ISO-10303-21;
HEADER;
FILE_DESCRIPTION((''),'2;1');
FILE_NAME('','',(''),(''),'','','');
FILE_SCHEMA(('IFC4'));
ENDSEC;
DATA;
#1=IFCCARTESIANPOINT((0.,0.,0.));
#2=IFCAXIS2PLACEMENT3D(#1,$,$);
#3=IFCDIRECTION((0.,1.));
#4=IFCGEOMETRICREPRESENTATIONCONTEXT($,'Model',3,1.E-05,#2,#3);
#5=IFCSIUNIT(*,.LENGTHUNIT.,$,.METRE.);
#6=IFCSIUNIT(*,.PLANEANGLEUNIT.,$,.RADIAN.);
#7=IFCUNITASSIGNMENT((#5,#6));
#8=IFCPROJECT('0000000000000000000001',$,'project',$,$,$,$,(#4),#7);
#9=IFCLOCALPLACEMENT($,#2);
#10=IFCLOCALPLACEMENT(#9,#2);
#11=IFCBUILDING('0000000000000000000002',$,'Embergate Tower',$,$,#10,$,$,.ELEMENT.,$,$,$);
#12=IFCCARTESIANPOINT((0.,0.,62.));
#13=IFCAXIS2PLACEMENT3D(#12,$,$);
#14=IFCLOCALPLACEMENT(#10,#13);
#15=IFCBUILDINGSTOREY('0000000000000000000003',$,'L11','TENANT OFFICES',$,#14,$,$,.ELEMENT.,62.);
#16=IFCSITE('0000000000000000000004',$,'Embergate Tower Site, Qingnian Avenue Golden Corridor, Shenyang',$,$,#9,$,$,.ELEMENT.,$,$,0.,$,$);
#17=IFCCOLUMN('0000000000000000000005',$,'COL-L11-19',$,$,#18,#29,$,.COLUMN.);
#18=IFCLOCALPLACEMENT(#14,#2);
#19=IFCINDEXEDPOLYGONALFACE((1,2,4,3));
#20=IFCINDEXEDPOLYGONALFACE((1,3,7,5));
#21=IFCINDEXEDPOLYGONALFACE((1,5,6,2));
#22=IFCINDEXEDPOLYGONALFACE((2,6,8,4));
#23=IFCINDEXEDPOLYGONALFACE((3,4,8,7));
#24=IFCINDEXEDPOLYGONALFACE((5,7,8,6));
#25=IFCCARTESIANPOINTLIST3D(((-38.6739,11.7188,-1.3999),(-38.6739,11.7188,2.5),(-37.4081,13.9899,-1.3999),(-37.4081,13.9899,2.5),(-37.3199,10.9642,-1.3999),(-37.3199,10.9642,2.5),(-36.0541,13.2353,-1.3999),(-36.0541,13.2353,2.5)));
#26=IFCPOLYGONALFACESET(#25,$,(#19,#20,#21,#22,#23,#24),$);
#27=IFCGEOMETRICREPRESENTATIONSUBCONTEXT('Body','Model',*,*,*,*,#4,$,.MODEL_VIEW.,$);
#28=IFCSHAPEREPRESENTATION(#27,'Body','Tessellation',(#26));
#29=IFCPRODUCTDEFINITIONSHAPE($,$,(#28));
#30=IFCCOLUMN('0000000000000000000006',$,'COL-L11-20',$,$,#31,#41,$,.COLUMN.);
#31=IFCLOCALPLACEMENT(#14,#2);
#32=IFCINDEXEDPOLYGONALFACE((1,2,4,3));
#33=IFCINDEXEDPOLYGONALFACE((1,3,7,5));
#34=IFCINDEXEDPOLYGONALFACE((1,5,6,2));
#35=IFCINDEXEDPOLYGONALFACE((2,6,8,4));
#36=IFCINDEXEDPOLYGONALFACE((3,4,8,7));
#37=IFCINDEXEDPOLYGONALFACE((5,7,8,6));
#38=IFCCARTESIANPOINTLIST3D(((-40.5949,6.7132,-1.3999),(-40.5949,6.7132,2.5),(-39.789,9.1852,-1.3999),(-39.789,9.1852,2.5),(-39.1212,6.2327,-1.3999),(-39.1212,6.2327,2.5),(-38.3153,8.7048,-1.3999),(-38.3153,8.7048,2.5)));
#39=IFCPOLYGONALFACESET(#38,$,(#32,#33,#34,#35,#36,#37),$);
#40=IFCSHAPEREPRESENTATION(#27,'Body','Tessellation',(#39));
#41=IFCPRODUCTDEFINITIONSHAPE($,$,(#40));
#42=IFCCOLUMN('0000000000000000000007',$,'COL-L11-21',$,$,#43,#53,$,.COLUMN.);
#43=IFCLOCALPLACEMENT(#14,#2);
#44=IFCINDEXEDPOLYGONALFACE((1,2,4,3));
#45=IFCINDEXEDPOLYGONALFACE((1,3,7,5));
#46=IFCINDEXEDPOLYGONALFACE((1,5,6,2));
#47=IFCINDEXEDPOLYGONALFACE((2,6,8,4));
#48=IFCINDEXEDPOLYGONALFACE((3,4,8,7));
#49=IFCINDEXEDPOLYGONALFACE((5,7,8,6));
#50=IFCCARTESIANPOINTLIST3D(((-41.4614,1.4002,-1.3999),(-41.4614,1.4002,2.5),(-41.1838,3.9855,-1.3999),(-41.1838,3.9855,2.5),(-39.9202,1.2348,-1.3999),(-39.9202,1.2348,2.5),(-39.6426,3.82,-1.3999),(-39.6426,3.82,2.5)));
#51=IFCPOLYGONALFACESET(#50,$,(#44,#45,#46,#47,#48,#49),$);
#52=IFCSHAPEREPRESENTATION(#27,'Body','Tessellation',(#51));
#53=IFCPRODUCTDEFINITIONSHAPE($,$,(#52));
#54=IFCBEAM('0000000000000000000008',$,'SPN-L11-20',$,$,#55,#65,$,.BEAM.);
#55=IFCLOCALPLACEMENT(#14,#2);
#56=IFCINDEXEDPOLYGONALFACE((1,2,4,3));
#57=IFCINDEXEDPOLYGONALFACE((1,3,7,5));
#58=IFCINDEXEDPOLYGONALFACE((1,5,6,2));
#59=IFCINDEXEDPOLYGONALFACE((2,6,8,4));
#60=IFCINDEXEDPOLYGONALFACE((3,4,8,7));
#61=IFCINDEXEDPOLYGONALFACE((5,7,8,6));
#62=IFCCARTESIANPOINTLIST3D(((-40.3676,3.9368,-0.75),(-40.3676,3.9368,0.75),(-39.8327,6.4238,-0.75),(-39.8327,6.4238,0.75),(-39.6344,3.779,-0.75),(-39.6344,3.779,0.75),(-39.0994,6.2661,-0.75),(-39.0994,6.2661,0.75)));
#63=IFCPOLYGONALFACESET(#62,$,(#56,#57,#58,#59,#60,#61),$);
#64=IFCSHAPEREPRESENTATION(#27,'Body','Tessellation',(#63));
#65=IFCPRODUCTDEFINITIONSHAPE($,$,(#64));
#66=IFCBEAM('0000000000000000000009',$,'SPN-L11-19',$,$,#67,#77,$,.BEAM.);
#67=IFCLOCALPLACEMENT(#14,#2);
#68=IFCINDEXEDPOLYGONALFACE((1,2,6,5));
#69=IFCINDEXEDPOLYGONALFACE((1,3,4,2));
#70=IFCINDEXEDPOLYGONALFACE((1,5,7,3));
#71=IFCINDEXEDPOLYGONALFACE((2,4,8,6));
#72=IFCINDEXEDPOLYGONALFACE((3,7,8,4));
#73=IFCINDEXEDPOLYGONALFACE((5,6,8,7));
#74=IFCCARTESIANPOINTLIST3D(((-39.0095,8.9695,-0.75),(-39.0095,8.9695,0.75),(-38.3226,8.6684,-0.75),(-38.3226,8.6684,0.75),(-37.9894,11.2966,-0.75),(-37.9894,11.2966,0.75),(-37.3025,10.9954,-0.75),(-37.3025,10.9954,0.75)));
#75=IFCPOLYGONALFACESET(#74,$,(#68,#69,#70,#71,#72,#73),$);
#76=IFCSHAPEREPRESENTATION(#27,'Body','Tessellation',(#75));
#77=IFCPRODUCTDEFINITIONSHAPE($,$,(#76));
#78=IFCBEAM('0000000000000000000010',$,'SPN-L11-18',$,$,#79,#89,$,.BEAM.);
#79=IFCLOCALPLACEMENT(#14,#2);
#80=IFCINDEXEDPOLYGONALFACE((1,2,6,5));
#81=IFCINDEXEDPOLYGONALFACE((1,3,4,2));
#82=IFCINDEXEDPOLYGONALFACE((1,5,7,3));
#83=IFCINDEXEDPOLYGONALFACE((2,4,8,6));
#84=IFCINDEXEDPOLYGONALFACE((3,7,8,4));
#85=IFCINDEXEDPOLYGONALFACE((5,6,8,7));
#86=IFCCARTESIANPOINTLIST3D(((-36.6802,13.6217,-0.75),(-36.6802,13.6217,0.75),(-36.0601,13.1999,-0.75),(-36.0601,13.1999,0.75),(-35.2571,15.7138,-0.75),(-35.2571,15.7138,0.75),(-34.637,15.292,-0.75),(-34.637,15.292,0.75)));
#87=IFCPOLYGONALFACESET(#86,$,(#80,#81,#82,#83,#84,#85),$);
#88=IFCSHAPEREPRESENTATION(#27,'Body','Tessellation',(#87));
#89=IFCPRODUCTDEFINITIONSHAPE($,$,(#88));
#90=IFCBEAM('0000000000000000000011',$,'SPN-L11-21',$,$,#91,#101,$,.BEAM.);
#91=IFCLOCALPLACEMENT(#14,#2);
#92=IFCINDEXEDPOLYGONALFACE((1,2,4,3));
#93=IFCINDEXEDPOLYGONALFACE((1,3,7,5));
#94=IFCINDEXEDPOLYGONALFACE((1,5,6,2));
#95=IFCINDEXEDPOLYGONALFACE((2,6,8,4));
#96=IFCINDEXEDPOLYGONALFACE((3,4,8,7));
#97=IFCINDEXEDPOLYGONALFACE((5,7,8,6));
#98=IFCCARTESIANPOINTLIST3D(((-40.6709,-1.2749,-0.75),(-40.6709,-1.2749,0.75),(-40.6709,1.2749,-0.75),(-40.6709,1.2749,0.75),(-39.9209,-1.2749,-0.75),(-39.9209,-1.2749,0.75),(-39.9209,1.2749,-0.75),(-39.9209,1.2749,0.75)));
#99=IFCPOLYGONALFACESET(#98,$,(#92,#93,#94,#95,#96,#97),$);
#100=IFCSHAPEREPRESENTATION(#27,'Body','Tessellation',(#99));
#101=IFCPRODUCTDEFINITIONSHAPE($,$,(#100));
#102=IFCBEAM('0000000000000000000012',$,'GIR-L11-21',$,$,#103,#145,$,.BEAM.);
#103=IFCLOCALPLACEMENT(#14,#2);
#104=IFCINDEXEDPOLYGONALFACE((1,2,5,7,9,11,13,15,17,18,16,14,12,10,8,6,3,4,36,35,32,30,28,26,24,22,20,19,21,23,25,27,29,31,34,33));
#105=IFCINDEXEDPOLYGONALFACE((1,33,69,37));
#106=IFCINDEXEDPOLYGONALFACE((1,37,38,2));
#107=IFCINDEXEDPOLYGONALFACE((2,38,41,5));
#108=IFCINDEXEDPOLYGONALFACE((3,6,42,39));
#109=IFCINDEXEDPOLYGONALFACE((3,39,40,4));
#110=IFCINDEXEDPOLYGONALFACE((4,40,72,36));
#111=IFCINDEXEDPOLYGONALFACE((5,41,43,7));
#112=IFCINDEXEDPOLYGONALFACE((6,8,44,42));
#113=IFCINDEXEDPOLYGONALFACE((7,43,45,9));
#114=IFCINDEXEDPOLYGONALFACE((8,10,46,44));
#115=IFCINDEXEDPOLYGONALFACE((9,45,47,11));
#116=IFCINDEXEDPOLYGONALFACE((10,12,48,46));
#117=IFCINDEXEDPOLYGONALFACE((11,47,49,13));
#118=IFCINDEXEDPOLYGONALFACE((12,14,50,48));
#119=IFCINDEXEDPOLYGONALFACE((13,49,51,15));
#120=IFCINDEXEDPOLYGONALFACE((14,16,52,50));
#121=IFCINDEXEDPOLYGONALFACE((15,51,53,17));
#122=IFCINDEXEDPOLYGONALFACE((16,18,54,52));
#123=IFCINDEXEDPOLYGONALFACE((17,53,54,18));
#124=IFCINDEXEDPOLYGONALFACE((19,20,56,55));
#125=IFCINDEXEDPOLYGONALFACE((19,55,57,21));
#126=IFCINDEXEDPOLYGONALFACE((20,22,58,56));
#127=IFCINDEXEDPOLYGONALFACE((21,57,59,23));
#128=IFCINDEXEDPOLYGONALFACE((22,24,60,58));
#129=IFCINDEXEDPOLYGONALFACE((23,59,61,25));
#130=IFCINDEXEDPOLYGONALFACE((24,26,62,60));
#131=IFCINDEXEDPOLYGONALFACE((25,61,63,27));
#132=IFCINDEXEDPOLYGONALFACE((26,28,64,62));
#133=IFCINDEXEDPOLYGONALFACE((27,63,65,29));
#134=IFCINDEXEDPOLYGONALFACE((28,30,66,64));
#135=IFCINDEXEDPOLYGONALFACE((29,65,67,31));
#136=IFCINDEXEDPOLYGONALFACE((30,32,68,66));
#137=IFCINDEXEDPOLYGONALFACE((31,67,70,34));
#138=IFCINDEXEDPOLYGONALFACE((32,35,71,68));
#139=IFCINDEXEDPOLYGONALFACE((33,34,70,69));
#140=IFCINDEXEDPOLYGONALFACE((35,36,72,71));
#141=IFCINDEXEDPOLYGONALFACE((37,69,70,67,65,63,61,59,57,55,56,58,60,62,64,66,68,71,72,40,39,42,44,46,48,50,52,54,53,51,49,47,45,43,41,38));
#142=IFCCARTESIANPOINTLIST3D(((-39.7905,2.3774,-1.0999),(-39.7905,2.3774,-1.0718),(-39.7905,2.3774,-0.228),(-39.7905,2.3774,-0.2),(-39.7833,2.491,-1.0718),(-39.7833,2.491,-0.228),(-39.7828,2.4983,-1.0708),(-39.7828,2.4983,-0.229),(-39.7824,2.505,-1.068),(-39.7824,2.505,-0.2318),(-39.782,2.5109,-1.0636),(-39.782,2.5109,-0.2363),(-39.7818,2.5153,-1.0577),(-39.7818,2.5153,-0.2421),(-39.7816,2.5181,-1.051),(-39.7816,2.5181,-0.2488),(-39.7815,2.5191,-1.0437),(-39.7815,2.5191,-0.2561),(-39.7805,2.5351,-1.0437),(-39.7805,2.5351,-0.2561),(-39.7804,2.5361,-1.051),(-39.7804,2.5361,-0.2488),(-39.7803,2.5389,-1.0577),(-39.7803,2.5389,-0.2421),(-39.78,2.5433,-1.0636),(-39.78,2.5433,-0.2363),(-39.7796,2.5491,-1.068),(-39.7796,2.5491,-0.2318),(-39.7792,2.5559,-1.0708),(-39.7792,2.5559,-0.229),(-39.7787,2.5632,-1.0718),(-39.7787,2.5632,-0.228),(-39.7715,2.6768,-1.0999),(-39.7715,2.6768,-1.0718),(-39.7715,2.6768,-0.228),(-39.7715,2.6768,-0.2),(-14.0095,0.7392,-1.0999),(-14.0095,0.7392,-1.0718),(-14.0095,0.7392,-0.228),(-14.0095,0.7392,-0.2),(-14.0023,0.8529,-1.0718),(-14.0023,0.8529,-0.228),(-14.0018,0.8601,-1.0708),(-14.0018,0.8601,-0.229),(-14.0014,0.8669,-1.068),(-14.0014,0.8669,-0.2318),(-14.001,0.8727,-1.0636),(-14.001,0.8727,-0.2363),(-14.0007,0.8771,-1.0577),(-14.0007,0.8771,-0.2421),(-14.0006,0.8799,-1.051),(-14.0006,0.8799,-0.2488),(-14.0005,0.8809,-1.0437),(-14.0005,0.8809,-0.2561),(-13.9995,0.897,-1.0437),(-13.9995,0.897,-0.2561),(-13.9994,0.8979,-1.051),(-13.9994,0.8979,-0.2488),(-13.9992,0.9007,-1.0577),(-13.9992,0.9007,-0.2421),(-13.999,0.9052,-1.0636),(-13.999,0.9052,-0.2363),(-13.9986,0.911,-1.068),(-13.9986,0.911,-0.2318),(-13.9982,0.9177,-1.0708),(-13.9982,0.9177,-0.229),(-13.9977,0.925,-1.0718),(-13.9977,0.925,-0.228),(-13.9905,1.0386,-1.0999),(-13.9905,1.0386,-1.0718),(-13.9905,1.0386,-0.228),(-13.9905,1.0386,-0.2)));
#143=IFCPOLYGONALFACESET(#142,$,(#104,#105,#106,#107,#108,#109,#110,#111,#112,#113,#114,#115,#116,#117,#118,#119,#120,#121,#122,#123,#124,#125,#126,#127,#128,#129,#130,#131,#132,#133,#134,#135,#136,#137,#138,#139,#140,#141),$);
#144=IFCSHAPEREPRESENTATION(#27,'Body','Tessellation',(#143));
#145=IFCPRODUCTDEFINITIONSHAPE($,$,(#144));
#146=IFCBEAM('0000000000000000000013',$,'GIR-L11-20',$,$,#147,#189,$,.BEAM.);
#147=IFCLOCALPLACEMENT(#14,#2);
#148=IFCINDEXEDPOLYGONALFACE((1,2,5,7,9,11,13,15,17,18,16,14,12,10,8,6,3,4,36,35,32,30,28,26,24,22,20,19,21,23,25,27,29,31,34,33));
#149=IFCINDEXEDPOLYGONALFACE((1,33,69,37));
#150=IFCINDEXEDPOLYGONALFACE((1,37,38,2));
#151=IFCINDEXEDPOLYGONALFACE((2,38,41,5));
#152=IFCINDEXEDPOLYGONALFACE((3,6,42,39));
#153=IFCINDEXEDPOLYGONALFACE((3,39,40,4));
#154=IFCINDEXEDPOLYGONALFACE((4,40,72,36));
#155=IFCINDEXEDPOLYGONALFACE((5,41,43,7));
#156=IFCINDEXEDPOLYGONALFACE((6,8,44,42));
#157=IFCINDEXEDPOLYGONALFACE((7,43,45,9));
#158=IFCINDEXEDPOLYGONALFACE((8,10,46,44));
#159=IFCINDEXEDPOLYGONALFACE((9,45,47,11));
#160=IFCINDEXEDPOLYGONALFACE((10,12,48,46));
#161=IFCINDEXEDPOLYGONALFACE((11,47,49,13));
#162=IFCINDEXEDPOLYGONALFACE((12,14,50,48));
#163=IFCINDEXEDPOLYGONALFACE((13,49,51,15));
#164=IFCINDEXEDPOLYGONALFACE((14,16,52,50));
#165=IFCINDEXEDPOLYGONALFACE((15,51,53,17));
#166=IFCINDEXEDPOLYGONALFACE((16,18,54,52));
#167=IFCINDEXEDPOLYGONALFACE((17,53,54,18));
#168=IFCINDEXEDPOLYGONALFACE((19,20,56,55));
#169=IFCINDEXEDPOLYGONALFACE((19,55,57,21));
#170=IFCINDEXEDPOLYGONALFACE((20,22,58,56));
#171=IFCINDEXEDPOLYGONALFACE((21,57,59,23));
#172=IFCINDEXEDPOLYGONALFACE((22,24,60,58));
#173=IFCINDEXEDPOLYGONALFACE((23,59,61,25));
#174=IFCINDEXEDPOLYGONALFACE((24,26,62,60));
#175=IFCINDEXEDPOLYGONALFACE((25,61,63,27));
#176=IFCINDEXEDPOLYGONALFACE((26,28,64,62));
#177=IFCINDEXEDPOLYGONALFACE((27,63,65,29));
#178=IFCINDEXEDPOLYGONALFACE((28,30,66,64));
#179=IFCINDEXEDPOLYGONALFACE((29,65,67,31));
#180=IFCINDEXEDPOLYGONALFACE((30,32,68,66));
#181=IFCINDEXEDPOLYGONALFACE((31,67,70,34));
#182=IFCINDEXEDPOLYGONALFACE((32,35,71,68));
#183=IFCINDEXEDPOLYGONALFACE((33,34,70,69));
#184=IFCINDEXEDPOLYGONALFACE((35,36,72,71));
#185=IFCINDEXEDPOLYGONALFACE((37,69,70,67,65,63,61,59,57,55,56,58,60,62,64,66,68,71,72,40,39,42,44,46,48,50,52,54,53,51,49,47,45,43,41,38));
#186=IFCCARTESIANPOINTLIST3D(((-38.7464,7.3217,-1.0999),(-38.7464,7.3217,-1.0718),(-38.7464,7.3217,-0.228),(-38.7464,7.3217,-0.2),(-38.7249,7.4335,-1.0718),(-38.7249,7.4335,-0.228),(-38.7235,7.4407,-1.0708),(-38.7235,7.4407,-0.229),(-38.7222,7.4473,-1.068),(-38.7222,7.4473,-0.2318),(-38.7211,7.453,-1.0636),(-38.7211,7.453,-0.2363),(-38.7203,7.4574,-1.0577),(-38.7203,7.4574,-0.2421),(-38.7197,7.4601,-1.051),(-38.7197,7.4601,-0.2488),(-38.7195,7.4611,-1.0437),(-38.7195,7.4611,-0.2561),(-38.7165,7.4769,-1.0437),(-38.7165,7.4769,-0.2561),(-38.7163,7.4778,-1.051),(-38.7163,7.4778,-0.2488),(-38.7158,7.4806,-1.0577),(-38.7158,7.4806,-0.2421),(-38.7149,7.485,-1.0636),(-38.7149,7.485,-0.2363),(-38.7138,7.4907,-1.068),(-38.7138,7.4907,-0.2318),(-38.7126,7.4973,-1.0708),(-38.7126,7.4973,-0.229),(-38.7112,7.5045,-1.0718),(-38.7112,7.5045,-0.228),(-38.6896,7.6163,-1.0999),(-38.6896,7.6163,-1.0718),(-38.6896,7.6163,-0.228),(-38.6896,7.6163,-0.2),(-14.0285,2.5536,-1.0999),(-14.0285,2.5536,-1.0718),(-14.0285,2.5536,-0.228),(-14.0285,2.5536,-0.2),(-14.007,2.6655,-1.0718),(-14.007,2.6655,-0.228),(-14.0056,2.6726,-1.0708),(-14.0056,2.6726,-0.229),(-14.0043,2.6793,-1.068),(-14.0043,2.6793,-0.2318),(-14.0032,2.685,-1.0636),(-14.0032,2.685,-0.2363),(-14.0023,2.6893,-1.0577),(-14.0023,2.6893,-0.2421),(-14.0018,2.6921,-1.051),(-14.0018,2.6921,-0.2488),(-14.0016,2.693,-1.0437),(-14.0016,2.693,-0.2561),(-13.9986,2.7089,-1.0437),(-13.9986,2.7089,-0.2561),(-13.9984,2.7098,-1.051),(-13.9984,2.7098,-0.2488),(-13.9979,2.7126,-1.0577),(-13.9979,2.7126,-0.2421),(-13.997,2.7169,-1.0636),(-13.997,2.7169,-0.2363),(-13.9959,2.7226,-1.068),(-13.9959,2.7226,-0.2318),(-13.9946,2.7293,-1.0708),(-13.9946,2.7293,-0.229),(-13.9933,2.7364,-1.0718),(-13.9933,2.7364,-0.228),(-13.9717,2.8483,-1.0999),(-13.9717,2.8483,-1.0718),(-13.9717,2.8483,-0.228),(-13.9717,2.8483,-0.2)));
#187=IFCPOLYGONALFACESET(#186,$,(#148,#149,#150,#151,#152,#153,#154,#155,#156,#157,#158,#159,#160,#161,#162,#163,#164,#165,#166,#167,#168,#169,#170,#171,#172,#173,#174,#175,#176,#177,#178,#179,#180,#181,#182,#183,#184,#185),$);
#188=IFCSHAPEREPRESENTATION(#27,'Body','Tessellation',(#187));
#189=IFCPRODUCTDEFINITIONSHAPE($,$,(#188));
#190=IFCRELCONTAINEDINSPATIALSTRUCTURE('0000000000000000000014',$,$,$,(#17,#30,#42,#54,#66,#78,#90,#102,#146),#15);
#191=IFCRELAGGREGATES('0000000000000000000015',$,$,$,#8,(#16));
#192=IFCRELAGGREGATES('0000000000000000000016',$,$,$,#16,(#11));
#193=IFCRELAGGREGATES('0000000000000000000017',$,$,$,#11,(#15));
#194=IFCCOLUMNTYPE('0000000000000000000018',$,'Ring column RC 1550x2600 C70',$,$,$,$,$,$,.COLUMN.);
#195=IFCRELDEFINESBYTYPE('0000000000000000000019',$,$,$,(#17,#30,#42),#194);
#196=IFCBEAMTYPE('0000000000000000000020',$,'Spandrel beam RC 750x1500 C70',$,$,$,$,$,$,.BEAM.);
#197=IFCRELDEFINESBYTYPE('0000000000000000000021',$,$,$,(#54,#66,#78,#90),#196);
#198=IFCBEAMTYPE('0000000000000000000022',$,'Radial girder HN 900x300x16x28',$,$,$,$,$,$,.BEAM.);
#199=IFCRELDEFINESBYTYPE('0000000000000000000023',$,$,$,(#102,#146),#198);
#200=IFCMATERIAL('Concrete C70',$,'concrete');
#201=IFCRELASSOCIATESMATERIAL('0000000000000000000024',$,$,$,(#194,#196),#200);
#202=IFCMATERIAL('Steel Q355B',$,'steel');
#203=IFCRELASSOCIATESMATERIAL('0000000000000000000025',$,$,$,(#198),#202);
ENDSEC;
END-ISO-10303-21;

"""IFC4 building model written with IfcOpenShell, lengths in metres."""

from ifc_helpers import new_model, si_unit, direction, frame, origin, origin_2d, place, context, subcontext, project, spatial, rectangle, i_section, extrude, source, transform, mapped, material, material_profile, profile_set, type_object, element, save


model = new_model("IFC4")

# Units and contexts
model_context = context("Model", 3, precision=1e-05, world=origin(), true_north=direction((0.0, 1.0)))
body_context = subcontext(model_context, "Body", "Model", "MODEL_VIEW")
ifc_project = project(units=[si_unit("LENGTHUNIT", "METRE"), si_unit("PLANEANGLEUNIT", "RADIAN")], contexts=[model_context])

# Site, building, storey
site_placement = place(None, origin())
site = spatial("IfcSite", under=ifc_project, at=site_placement, Name="Embergate Tower Site, Qingnian Avenue Golden Corridor, Shenyang", CompositionType="ELEMENT", RefElevation=0.0)
building_placement = place(site_placement, origin())
building = spatial("IfcBuilding", under=site, at=building_placement, Name="Embergate Tower", CompositionType="ELEMENT")
storey_placement = place(building_placement, frame((0.0, 0.0, 62.0)))
storey = spatial("IfcBuildingStorey", under=building, at=storey_placement, Name="L11", Description="TENANT OFFICES", CompositionType="ELEMENT", Elevation=62.0)

# Columns
ifc_material_1 = material(Name="Concrete C70", Category="concrete")
ifc_material_profile_1 = material_profile(ifc_material_1, rectangle(XDim=1.55, YDim=2.6001, at=origin_2d()), Name="RC 1550x2600")
ifc_profile_set_1 = profile_set([ifc_material_profile_1], Name="Concrete C70")
column_type = type_object("IfcColumnType", Name="Ring column RC 1550x2600 C70", PredefinedType="COLUMN", material=ifc_profile_set_1)
shared_shape_1 = source(origin(), body_context, "Body", "SweptSolid", [
    extrude(rectangle(XDim=1.55, YDim=2.6001, at=origin_2d()), origin(), (0.0, 0.0, 1.0), 3.8999),
])
for number, where, z_axis, x_axis, name in (
    (1, (-37.364, 12.4771, -1.3999), (0.0, 0.0, 1.0), (-0.8735, 0.486823, 0.0), "COL-L11-19"),
    (2, (-39.4551, 7.709, -1.3999), (0.0, 0.0, 1.0), (-0.950754, 0.309946, 0.0), "COL-L11-20"),
    (3, (-40.552, 2.6101, -1.3999), (0.0, 0.0, 1.0), (-0.994286, 0.10675, 0.0), "COL-L11-21"),
):
    element("IfcColumn", number, at=place(storey_placement, frame(where, z_axis=z_axis, x_axis=x_axis)), inside=storey, type_object=column_type, Name=name, PredefinedType="COLUMN", context=body_context, shape_type="MappedRepresentation", body=[
        mapped(shared_shape_1, transform((0.0, 0.0, 0.0))),
    ])

# Beams
ifc_material_profile_2 = material_profile(ifc_material_1, rectangle(XDim=0.75, YDim=1.5, at=origin_2d()), Name="RC 750x1500")
ifc_profile_set_2 = profile_set([ifc_material_profile_2], Name="Concrete C70")
beam_type_1 = type_object("IfcBeamType", Name="Spandrel beam RC 750x1500 C70", PredefinedType="BEAM", material=ifc_profile_set_2)
shared_shape_2 = source(origin(), body_context, "Body", "SweptSolid", [
    extrude(rectangle(XDim=0.75, YDim=1.5, at=origin_2d()), origin(), (0.0, 0.0, 1.0), 2.5439),
])
beam_1_placement = place(storey_placement, frame((-39.4661, 6.345, 0.0), z_axis=(-0.21027, -0.977643, 0.0), x_axis=(0.977643, -0.21027, 0.0)))
element("IfcBeam", 4, at=beam_1_placement, inside=storey, type_object=beam_type_1, Name="SPN-L11-20", PredefinedType="BEAM", context=body_context, shape_type="MappedRepresentation", body=[
    mapped(shared_shape_2, transform((0.0, 0.0, 0.0))),
])
shared_shape_3 = source(origin(), body_context, "Body", "SweptSolid", [
    extrude(rectangle(XDim=0.75, YDim=1.5, at=origin_2d()), origin(), (0.0, 0.0, 1.0), 2.5408),
])
beam_2_placement = place(storey_placement, frame((-37.646, 11.146, 0.0), z_axis=(-0.401479, -0.915868, 0.0), x_axis=(0.915868, -0.401479, 0.0)))
element("IfcBeam", 5, at=beam_2_placement, inside=storey, type_object=beam_type_1, Name="SPN-L11-19", PredefinedType="BEAM", context=body_context, shape_type="MappedRepresentation", body=[
    mapped(shared_shape_3, transform((0.0, 0.0, 0.0))),
])
shared_shape_4 = source(origin(), body_context, "Body", "SweptSolid", [
    extrude(rectangle(XDim=0.75, YDim=1.5, at=origin_2d()), origin(), (0.0, 0.0, 1.0), 2.5303),
])
beam_3_placement = place(storey_placement, frame((-34.947, 15.5029, 0.0), z_axis=(-0.562447, -0.826833, 0.0), x_axis=(0.826833, -0.562447, 0.0)))
element("IfcBeam", 6, at=beam_3_placement, inside=storey, type_object=beam_type_1, Name="SPN-L11-18", PredefinedType="BEAM", context=body_context, shape_type="MappedRepresentation", body=[
    mapped(shared_shape_4, transform((0.0, 0.0, 0.0))),
])
shared_shape_5 = source(origin(), body_context, "Body", "SweptSolid", [
    extrude(rectangle(XDim=0.75, YDim=1.5, at=origin_2d()), origin(), (0.0, 0.0, 1.0), 2.5498),
])
beam_4_placement = place(storey_placement, frame((-40.2959, 1.2749, 0.0), z_axis=(0.0, -1.0, 0.0), x_axis=(1.0, 0.0, 0.0)))
element("IfcBeam", 7, at=beam_4_placement, inside=storey, type_object=beam_type_1, Name="SPN-L11-21", PredefinedType="BEAM", context=body_context, shape_type="MappedRepresentation", body=[
    mapped(shared_shape_5, transform((0.0, 0.0, 0.0))),
])
ifc_material_2 = material(Name="Steel Q355B", Category="steel")
ifc_material_profile_3 = material_profile(ifc_material_2, i_section(OverallWidth=0.3, OverallDepth=0.8999, WebThickness=0.0161, FlangeThickness=0.0281, FilletRadius=0.0281, at=origin_2d()), Name="HN 900x300x16x28")
ifc_profile_set_3 = profile_set([ifc_material_profile_3], Name="Steel Q355 grade B")
beam_type_2 = type_object("IfcBeamType", Name="Radial girder HN 900x300x16x28", PredefinedType="BEAM", material=ifc_profile_set_3)
shared_shape_6 = source(origin(), body_context, "Body", "SweptSolid", [
    extrude(i_section(OverallWidth=0.3, OverallDepth=0.8999, WebThickness=0.0161, FlangeThickness=0.0281, FilletRadius=0.0281, at=origin_2d()), origin(), (0.0, 0.0, 1.0), 25.833),
])
beam_5_placement = place(storey_placement, frame((-39.781, 2.5271, -0.6499), z_axis=(0.997987, -0.063414, 0.0), x_axis=(0.063414, 0.997987, 0.0)))
element("IfcBeam", 8, at=beam_5_placement, inside=storey, type_object=beam_type_2, Name="GIR-L11-21", PredefinedType="BEAM", context=body_context, shape_type="MappedRepresentation", body=[
    mapped(shared_shape_6, transform((0.0, 0.0, 0.0))),
])
shared_shape_7 = source(origin(), body_context, "Body", "SweptSolid", [
    extrude(i_section(OverallWidth=0.3, OverallDepth=0.8999, WebThickness=0.0161, FlangeThickness=0.0281, FilletRadius=0.0281, at=origin_2d()), origin(), (0.0, 0.0, 1.0), 25.1736),
])
beam_6_placement = place(storey_placement, frame((-38.718, 7.469, -0.6499), z_axis=(0.981899, -0.189407, 0.0), x_axis=(0.189407, 0.981899, 0.0)))
element("IfcBeam", 9, at=beam_6_placement, inside=storey, type_object=beam_type_2, Name="GIR-L11-20", PredefinedType="BEAM", context=body_context, shape_type="MappedRepresentation", body=[
    mapped(shared_shape_7, transform((0.0, 0.0, 0.0))),
])

save(model, "model.ifc")
